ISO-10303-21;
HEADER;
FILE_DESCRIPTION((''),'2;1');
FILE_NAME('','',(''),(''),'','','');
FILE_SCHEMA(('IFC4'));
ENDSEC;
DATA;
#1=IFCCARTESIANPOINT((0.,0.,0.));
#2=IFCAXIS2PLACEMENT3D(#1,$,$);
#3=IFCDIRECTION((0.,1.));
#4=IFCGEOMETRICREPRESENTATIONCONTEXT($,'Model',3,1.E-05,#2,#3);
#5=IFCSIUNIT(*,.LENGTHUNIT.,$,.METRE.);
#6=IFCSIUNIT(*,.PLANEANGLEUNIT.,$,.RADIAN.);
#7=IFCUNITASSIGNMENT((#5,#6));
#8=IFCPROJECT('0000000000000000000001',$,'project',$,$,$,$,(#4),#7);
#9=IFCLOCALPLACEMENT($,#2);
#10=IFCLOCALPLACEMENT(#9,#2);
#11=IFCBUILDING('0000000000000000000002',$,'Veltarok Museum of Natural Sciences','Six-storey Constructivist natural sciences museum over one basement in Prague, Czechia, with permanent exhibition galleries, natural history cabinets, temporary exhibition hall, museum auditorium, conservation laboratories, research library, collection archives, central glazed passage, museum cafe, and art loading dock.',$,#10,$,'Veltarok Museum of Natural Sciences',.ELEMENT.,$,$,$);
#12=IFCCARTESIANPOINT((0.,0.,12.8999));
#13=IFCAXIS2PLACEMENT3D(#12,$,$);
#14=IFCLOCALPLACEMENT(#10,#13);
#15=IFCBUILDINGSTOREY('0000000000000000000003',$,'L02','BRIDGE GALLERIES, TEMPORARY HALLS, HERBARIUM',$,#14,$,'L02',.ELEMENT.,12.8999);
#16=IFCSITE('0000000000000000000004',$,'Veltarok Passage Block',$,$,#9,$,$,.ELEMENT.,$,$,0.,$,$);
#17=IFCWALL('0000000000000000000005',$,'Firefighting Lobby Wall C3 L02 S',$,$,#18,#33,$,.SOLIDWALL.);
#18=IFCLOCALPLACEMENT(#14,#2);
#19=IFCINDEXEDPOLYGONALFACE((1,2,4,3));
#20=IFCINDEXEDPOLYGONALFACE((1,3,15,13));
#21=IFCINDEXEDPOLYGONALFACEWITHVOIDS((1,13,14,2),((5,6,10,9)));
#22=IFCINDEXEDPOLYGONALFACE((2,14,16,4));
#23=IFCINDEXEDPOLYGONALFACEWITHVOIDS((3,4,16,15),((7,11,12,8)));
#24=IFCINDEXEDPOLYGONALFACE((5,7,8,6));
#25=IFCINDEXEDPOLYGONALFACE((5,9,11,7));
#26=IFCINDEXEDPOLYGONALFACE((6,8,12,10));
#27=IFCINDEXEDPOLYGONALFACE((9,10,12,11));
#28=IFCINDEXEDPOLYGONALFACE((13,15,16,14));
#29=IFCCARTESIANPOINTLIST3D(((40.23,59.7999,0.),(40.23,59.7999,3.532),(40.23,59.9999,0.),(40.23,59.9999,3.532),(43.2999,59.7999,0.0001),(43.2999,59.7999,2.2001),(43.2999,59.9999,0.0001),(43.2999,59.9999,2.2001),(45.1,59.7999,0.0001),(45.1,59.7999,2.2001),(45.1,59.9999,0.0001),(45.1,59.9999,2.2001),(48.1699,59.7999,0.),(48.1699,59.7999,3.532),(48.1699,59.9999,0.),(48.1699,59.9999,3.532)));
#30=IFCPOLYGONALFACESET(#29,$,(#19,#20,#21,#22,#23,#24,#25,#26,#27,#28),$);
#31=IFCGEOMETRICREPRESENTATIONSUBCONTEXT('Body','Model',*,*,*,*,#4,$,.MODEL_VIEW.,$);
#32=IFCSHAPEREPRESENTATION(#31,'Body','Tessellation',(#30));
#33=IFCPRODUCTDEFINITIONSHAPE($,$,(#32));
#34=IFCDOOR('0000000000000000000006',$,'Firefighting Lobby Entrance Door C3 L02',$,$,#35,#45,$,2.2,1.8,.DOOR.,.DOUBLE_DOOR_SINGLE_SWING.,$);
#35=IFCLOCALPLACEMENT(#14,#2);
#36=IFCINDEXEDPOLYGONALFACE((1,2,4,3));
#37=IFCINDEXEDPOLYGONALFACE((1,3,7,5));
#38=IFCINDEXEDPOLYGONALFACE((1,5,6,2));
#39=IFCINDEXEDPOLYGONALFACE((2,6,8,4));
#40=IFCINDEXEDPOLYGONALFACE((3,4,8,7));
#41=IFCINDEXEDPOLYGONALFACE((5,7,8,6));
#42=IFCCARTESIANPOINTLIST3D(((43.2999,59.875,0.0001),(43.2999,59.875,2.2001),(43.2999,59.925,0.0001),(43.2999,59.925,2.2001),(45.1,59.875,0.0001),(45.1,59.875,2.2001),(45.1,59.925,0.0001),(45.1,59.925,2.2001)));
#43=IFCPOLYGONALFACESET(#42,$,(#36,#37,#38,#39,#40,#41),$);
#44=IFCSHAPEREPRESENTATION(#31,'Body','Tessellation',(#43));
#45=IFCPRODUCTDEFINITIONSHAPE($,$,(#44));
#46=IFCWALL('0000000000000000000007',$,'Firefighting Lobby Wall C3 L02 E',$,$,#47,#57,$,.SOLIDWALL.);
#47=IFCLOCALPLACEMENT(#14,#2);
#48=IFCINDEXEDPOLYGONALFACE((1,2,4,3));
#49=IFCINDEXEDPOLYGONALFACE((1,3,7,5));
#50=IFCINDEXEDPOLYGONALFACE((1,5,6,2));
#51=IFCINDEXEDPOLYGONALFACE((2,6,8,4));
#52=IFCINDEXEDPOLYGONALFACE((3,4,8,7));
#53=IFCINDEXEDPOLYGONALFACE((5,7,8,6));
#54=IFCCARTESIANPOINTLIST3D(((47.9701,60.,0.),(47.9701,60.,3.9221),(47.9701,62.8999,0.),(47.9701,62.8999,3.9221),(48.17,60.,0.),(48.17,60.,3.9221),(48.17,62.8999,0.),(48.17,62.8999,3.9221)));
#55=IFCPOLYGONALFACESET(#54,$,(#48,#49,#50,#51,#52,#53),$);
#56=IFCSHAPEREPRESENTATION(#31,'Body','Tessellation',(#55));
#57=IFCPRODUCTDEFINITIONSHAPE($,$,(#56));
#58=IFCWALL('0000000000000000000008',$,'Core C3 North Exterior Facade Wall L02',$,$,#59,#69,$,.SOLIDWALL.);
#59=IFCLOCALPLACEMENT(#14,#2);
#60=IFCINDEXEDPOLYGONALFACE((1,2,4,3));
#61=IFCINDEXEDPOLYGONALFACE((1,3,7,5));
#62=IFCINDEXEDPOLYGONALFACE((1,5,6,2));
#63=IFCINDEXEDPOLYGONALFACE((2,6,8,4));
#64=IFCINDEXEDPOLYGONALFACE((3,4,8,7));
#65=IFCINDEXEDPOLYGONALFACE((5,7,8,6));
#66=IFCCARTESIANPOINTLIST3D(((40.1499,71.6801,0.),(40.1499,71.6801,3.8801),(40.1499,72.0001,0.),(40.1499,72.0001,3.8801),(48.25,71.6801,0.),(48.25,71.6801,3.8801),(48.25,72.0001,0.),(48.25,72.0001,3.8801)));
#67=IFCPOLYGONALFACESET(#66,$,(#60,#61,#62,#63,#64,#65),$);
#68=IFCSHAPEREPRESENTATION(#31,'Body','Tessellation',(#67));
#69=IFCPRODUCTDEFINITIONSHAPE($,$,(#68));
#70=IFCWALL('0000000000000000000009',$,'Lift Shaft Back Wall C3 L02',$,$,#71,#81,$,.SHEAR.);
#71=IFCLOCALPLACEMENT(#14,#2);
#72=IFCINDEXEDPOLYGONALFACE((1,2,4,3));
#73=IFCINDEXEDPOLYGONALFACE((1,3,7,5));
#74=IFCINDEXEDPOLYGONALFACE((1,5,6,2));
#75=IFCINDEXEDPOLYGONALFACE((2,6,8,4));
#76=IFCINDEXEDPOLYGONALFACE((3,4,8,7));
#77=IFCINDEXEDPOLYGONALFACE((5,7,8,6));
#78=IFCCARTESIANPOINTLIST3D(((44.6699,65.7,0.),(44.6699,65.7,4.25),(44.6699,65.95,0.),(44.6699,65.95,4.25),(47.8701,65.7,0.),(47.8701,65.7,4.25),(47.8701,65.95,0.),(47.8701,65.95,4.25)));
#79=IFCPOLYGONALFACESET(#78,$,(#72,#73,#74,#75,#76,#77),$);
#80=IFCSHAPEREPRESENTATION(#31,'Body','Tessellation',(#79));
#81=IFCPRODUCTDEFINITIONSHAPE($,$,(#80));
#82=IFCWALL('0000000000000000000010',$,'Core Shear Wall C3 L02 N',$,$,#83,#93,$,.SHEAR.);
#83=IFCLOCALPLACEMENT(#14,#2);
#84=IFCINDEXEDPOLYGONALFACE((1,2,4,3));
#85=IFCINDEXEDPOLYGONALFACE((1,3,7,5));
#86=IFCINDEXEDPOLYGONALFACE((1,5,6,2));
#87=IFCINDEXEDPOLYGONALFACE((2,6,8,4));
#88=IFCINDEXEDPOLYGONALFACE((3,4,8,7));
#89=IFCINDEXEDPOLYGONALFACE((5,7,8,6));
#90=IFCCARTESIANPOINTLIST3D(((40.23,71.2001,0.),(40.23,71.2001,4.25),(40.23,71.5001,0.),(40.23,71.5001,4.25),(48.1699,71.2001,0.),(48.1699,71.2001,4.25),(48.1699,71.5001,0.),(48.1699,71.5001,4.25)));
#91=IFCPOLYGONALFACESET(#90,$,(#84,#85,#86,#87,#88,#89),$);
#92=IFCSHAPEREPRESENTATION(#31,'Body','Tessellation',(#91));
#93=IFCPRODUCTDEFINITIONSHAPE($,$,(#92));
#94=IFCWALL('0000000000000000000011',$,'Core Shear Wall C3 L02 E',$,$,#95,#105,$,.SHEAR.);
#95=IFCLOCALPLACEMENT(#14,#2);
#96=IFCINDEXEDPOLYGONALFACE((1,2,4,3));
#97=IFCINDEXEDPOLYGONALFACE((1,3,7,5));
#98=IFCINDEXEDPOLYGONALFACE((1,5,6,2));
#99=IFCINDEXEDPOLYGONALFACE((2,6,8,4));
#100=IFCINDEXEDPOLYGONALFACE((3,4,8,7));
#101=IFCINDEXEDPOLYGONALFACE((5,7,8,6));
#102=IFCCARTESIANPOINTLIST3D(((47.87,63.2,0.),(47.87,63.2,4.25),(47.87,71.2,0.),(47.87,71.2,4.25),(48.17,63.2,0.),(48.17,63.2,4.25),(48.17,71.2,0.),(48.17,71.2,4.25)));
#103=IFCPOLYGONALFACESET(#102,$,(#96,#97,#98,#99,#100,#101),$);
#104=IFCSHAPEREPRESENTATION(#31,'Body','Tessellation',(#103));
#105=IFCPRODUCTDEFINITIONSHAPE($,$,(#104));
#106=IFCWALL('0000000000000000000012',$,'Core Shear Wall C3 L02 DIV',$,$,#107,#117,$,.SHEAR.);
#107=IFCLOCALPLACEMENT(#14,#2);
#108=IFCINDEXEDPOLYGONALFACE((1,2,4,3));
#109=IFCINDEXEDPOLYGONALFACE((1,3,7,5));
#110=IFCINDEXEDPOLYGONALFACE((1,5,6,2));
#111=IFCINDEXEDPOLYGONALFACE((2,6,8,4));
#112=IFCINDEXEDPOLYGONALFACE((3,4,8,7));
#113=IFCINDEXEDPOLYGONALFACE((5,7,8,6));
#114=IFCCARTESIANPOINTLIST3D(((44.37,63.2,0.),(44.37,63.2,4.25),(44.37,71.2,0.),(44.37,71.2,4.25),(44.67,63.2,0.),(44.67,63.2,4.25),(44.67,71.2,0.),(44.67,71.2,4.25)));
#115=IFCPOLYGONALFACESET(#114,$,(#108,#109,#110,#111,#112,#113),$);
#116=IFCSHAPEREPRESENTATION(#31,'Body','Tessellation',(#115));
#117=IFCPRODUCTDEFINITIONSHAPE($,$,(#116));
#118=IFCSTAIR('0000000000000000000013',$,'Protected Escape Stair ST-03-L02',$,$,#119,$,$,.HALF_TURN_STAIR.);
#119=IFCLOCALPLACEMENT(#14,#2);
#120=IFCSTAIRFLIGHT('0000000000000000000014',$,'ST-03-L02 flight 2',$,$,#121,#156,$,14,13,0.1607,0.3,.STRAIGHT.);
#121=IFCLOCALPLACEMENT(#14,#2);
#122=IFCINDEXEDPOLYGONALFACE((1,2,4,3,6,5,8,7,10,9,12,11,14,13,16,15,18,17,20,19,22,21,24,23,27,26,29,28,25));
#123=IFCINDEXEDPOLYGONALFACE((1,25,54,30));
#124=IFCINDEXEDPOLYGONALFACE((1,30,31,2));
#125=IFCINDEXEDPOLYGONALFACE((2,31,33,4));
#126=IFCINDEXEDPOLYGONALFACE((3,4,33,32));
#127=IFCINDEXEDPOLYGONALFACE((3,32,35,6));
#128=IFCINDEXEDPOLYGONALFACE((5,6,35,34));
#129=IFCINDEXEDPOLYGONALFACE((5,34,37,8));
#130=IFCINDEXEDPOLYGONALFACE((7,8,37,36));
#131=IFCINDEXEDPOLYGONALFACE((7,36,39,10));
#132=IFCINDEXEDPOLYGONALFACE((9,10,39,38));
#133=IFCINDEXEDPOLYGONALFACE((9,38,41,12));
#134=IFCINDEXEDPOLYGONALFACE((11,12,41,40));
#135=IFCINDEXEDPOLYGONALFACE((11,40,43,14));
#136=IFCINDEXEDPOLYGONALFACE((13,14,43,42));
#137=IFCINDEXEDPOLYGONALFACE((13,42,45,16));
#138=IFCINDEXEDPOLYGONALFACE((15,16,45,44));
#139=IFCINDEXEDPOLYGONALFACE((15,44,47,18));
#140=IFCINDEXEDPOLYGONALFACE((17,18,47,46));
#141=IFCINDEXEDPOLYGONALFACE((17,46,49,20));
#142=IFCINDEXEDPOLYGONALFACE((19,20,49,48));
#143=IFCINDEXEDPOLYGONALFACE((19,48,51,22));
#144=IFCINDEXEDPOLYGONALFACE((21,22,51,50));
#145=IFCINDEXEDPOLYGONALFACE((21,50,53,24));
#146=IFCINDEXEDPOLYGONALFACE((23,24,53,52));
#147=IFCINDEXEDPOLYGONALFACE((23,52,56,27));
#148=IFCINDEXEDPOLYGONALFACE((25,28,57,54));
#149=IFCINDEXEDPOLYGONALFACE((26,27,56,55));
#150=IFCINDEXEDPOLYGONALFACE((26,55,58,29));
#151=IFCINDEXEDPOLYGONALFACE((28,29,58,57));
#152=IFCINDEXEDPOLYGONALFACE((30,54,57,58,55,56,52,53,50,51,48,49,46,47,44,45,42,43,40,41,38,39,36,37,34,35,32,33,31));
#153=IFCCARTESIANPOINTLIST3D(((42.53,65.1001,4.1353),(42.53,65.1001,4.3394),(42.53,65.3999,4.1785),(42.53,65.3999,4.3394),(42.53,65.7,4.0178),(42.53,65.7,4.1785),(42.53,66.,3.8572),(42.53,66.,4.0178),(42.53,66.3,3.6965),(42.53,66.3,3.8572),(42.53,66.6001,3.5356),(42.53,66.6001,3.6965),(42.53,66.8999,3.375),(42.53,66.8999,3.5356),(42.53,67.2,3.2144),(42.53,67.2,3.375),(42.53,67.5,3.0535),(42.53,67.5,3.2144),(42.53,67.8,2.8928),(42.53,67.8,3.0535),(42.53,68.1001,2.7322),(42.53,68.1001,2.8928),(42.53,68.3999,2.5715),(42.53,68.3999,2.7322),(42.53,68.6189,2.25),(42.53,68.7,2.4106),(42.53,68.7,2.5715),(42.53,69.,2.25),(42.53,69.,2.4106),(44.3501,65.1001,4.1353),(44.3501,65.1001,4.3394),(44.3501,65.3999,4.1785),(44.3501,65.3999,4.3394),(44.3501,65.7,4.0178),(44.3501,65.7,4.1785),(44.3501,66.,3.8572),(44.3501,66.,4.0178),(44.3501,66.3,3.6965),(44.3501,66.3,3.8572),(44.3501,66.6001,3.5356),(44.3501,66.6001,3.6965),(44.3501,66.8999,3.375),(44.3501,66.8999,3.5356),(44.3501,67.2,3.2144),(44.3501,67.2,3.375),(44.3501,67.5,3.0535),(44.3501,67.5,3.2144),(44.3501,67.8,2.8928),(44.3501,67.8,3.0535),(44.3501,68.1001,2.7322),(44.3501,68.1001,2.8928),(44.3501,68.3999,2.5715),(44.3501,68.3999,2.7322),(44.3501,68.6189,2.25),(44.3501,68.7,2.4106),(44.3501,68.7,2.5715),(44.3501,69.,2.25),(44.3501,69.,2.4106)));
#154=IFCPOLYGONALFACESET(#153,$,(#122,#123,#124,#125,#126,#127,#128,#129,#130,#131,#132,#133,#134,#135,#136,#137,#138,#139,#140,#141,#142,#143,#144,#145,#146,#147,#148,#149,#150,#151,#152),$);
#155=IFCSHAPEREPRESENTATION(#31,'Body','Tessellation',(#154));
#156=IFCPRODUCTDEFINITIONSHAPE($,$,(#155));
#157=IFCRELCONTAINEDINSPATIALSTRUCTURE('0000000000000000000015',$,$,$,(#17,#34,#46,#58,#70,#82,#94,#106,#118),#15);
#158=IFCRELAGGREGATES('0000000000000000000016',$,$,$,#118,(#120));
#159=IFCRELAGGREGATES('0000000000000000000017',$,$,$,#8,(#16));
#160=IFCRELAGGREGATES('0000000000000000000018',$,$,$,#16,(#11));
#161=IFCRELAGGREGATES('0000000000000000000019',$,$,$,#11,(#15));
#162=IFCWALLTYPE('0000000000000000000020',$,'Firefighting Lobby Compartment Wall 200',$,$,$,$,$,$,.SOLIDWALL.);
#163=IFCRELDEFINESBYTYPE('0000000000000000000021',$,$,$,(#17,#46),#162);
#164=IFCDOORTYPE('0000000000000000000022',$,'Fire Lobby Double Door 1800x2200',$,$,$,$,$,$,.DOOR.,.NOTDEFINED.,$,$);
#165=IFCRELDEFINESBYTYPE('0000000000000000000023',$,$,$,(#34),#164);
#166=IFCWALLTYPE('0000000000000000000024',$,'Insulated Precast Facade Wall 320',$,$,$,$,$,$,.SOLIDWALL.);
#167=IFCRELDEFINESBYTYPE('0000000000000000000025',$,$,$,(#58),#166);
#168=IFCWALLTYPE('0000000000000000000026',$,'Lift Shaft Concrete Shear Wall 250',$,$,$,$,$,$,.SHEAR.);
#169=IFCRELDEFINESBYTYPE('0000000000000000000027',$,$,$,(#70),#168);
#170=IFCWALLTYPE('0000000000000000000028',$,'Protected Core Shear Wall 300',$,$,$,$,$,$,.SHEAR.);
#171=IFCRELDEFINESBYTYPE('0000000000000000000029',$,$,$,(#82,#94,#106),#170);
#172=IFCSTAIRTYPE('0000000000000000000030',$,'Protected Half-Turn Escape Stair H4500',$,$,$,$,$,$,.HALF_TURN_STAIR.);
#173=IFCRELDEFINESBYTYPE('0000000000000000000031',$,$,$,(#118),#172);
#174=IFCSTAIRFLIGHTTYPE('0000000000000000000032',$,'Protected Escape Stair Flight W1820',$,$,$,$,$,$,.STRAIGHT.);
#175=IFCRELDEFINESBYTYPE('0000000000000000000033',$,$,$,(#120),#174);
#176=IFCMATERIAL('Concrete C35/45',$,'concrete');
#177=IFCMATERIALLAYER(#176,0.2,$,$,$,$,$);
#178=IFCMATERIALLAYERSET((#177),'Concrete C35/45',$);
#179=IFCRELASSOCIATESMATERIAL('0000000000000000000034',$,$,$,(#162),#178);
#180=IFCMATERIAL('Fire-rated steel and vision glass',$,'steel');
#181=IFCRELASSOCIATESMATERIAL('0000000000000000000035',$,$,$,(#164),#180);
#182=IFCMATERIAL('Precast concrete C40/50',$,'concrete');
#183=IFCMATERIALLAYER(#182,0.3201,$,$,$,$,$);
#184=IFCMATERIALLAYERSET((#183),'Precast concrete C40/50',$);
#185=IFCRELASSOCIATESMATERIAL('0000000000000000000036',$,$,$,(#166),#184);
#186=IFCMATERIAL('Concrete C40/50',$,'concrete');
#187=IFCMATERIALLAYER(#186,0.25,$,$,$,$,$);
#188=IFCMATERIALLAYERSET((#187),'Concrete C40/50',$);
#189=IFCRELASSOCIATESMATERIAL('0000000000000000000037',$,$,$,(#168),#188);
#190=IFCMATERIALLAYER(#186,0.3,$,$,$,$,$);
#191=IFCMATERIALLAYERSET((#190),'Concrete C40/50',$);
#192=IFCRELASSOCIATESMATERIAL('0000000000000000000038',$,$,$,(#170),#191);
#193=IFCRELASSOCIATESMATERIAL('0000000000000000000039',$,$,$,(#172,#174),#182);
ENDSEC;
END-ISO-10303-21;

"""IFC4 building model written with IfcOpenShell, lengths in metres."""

from ifc_helpers import new_model, si_unit, direction, frame, frame_2d, origin, place, context, subcontext, project, spatial, polyline, rectangle, outline, extrude, material, layer, layer_set, type_object, element, fill, aggregate, save


model = new_model("IFC4")

# Units and contexts
model_context = context("Model", 3, precision=1e-05, world=origin(), true_north=direction((0.0, 1.0)))
body_context = subcontext(model_context, "Body", "Model", "MODEL_VIEW")
ifc_project = project(units=[si_unit("LENGTHUNIT", "METRE"), si_unit("PLANEANGLEUNIT", "RADIAN")], contexts=[model_context])

# Site, building, storey
site_placement = place(None, origin())
site = spatial("IfcSite", under=ifc_project, at=site_placement, Name="Veltarok Passage Block", CompositionType="ELEMENT", RefElevation=0.0)
building_placement = place(site_placement, origin())
building = spatial("IfcBuilding", under=site, at=building_placement, Name="Veltarok Museum of Natural Sciences", Description="Six-storey Constructivist natural sciences museum over one basement in Prague, Czechia, with permanent exhibition galleries, natural history cabinets, temporary exhibition hall, museum auditorium, conservation laboratories, research library, collection archives, central glazed passage, museum cafe, and art loading dock.", LongName="Veltarok Museum of Natural Sciences", CompositionType="ELEMENT")
storey_placement = place(building_placement, frame((0.0, 0.0, 12.8999)))
storey = spatial("IfcBuildingStorey", under=building, at=storey_placement, Name="L02", Description="BRIDGE GALLERIES, TEMPORARY HALLS, HERBARIUM", LongName="L02", CompositionType="ELEMENT", Elevation=12.8999)

# Wall, opening, door
ifc_material_1 = material(Name="Concrete C35/45", Category="concrete")
ifc_layer_1 = layer(ifc_material_1, 0.2)
ifc_layer_set_1 = layer_set([ifc_layer_1], Name="Concrete C35/45")
wall_type_1 = type_object("IfcWallType", Name="Firefighting Lobby Compartment Wall 200", PredefinedType="SOLIDWALL", material=ifc_layer_set_1)
wall_1_placement = place(storey_placement, frame((48.1699, 59.8999, 0.0), z_axis=(0.0, 0.0, 1.0), x_axis=(-1.0, 0.0, 0.0)))
wall_1 = element("IfcWall", 1, at=wall_1_placement, inside=storey, type_object=wall_type_1, Name="Firefighting Lobby Wall C3 L02 S", PredefinedType="SOLIDWALL", context=body_context, shape_type="SweptSolid", body=[
    extrude(rectangle(XDim=7.9399, YDim=0.2, at=frame_2d((3.97, 0.0))), origin(), (0.0, 0.0, 1.0), 3.532),
])
opening_placement = place(wall_1_placement, frame((3.0701, 0.0, 0.0)))
opening = element("IfcOpeningElement", 2, at=opening_placement, cuts=wall_1, PredefinedType="OPENING", context=body_context, shape_type="SweptSolid", body=[
    extrude(rectangle(XDim=1.8, YDim=2.2, at=frame_2d((0.8999, 1.1001))), frame((0.0, 0.1099, 0.0), z_axis=(0.0, -1.0, 0.0), x_axis=(1.0, 0.0, 0.0)), (0.0, 0.0, 1.0), 0.22),
])
ifc_material_2 = material(Name="Fire-rated steel and vision glass", Category="steel")
door_type = type_object("IfcDoorType", Name="Fire Lobby Double Door 1800x2200", OperationType="NOTDEFINED", PredefinedType="DOOR", material=ifc_material_2)
door_placement = place(opening_placement, origin())
door = element("IfcDoor", 3, at=door_placement, inside=storey, type_object=door_type, Name="Firefighting Lobby Entrance Door C3 L02", OperationType="DOUBLE_DOOR_SINGLE_SWING", OverallHeight=2.2, OverallWidth=1.8, PredefinedType="DOOR", context=body_context, shape_type="SweptSolid", body=[
    extrude(rectangle(XDim=1.8, YDim=2.2, at=frame_2d((0.8999, 1.1001))), frame((0.0, 0.0249, 0.0), z_axis=(0.0, -1.0, 0.0), x_axis=(1.0, 0.0, 0.0)), (0.0, 0.0, 1.0), 0.05),
])
fill(opening, door)

# Walls
wall_2_placement = place(storey_placement, frame((48.0701, 62.8999, 0.0), z_axis=(0.0, 0.0, 1.0), x_axis=(0.0, -1.0, 0.0)))
element("IfcWall", 4, at=wall_2_placement, inside=storey, type_object=wall_type_1, Name="Firefighting Lobby Wall C3 L02 E", PredefinedType="SOLIDWALL", context=body_context, shape_type="SweptSolid", body=[
    extrude(rectangle(XDim=2.8999, YDim=0.2, at=frame_2d((1.45, 0.0))), origin(), (0.0, 0.0, 1.0), 3.9221),
])
ifc_material_3 = material(Name="Precast concrete C40/50", Category="concrete")
ifc_layer_2 = layer(ifc_material_3, 0.3201)
ifc_layer_set_2 = layer_set([ifc_layer_2], Name="Precast concrete C40/50")
wall_type_2 = type_object("IfcWallType", Name="Insulated Precast Facade Wall 320", PredefinedType="SOLIDWALL", material=ifc_layer_set_2)
wall_3_placement = place(storey_placement, frame((48.25, 71.8401, 0.0), z_axis=(0.0, 0.0, 1.0), x_axis=(-1.0, 0.0, 0.0)))
element("IfcWall", 5, at=wall_3_placement, inside=storey, type_object=wall_type_2, Name="Core C3 North Exterior Facade Wall L02", PredefinedType="SOLIDWALL", context=body_context, shape_type="SweptSolid", body=[
    extrude(rectangle(XDim=8.1001, YDim=0.3201, at=frame_2d((4.05, 0.0))), origin(), (0.0, 0.0, 1.0), 3.8801),
])
ifc_material_4 = material(Name="Concrete C40/50", Category="concrete")
ifc_layer_3 = layer(ifc_material_4, 0.25)
ifc_layer_set_3 = layer_set([ifc_layer_3], Name="Concrete C40/50")
wall_type_3 = type_object("IfcWallType", Name="Lift Shaft Concrete Shear Wall 250", PredefinedType="SHEAR", material=ifc_layer_set_3)
wall_4_placement = place(storey_placement, frame((44.6699, 65.825, 0.0), z_axis=(0.0, 0.0, 1.0), x_axis=(1.0, 0.0, 0.0)))
element("IfcWall", 6, at=wall_4_placement, inside=storey, type_object=wall_type_3, Name="Lift Shaft Back Wall C3 L02", PredefinedType="SHEAR", context=body_context, shape_type="SweptSolid", body=[
    extrude(rectangle(XDim=3.2002, YDim=0.25, at=frame_2d((1.6001, 0.0))), origin(), (0.0, 0.0, 1.0), 4.25),
])
ifc_layer_4 = layer(ifc_material_4, 0.3)
ifc_layer_set_4 = layer_set([ifc_layer_4], Name="Concrete C40/50")
wall_type_4 = type_object("IfcWallType", Name="Protected Core Shear Wall 300", PredefinedType="SHEAR", material=ifc_layer_set_4)
wall_5_placement = place(storey_placement, frame((48.1699, 71.3501, 0.0), z_axis=(0.0, 0.0, 1.0), x_axis=(-1.0, 0.0, 0.0)))
element("IfcWall", 7, at=wall_5_placement, inside=storey, type_object=wall_type_4, Name="Core Shear Wall C3 L02 N", PredefinedType="SHEAR", context=body_context, shape_type="SweptSolid", body=[
    extrude(rectangle(XDim=7.9399, YDim=0.3, at=frame_2d((3.97, 0.0))), origin(), (0.0, 0.0, 1.0), 4.25),
])
for number, where, z_axis, x_axis, name in (
    (8, (48.02, 63.2, 0.0), (0.0, 0.0, 1.0), (0.0, 1.0, 0.0), "Core Shear Wall C3 L02 E"),
    (9, (44.52, 63.2, 0.0), (0.0, 0.0, 1.0), (0.0, 1.0, 0.0), "Core Shear Wall C3 L02 DIV"),
):
    element("IfcWall", number, at=place(storey_placement, frame(where, z_axis=z_axis, x_axis=x_axis)), inside=storey, type_object=wall_type_4, Name=name, PredefinedType="SHEAR", context=body_context, shape_type="SweptSolid", body=[
        extrude(rectangle(XDim=8.0, YDim=0.3, at=frame_2d((4.0, 0.0))), origin(), (0.0, 0.0, 1.0), 4.25),
    ])

# Stair, stair flight
stair_type = type_object("IfcStairType", Name="Protected Half-Turn Escape Stair H4500", PredefinedType="HALF_TURN_STAIR", material=ifc_material_3)
stair_placement = place(storey_placement, origin())
stair = element("IfcStair", 10, at=stair_placement, inside=storey, type_object=stair_type, Name="Protected Escape Stair ST-03-L02", PredefinedType="HALF_TURN_STAIR")
stair_flight_type = type_object("IfcStairFlightType", Name="Protected Escape Stair Flight W1820", PredefinedType="STRAIGHT", material=ifc_material_3)
stair_flight_placement = place(storey_placement, frame((43.4399, 69.0, 2.25), z_axis=(0.0, 0.0, 1.0), x_axis=(0.0, -1.0, 0.0)))
stair_flight = element("IfcStairFlight", 11, at=stair_flight_placement, type_object=stair_flight_type, Name="ST-03-L02 flight 2", NumberOfRisers=14, NumberOfTreads=13, PredefinedType="STRAIGHT", RiserHeight=0.1607, TreadLength=0.3, context=body_context, shape_type="SweptSolid", body=[
    extrude(outline(polyline([(0.0, 0.0), (0.0, 0.1606), (0.3, 0.1606), (0.3, 0.3215), (0.6001, 0.3215), (0.6001, 0.4822), (0.8999, 0.4822), (0.8999, 0.6428), (1.2, 0.6428), (1.2, 0.8035), (1.5, 0.8035), (1.5, 0.9644), (1.8, 0.9644), (1.8, 1.125), (2.1001, 1.125), (2.1001, 1.2856), (2.3999, 1.2856), (2.3999, 1.4465), (2.7, 1.4465), (2.7, 1.6072), (3.0, 1.6072), (3.0, 1.7678), (3.3, 1.7678), (3.3, 1.9285), (3.6001, 1.9285), (3.6001, 2.0894), (3.8999, 2.0894), (3.8999, 2.25), (3.8999, 1.8853), (0.3811, 0.0), (0.0, 0.0)])), frame((0.0, 0.9102, 0.0), z_axis=(0.0, -1.0, 0.0), x_axis=(1.0, 0.0, 0.0)), (0.0, 0.0, 1.0), 1.8201),
])
aggregate(stair, [stair_flight])

save(model, "model.ifc")
